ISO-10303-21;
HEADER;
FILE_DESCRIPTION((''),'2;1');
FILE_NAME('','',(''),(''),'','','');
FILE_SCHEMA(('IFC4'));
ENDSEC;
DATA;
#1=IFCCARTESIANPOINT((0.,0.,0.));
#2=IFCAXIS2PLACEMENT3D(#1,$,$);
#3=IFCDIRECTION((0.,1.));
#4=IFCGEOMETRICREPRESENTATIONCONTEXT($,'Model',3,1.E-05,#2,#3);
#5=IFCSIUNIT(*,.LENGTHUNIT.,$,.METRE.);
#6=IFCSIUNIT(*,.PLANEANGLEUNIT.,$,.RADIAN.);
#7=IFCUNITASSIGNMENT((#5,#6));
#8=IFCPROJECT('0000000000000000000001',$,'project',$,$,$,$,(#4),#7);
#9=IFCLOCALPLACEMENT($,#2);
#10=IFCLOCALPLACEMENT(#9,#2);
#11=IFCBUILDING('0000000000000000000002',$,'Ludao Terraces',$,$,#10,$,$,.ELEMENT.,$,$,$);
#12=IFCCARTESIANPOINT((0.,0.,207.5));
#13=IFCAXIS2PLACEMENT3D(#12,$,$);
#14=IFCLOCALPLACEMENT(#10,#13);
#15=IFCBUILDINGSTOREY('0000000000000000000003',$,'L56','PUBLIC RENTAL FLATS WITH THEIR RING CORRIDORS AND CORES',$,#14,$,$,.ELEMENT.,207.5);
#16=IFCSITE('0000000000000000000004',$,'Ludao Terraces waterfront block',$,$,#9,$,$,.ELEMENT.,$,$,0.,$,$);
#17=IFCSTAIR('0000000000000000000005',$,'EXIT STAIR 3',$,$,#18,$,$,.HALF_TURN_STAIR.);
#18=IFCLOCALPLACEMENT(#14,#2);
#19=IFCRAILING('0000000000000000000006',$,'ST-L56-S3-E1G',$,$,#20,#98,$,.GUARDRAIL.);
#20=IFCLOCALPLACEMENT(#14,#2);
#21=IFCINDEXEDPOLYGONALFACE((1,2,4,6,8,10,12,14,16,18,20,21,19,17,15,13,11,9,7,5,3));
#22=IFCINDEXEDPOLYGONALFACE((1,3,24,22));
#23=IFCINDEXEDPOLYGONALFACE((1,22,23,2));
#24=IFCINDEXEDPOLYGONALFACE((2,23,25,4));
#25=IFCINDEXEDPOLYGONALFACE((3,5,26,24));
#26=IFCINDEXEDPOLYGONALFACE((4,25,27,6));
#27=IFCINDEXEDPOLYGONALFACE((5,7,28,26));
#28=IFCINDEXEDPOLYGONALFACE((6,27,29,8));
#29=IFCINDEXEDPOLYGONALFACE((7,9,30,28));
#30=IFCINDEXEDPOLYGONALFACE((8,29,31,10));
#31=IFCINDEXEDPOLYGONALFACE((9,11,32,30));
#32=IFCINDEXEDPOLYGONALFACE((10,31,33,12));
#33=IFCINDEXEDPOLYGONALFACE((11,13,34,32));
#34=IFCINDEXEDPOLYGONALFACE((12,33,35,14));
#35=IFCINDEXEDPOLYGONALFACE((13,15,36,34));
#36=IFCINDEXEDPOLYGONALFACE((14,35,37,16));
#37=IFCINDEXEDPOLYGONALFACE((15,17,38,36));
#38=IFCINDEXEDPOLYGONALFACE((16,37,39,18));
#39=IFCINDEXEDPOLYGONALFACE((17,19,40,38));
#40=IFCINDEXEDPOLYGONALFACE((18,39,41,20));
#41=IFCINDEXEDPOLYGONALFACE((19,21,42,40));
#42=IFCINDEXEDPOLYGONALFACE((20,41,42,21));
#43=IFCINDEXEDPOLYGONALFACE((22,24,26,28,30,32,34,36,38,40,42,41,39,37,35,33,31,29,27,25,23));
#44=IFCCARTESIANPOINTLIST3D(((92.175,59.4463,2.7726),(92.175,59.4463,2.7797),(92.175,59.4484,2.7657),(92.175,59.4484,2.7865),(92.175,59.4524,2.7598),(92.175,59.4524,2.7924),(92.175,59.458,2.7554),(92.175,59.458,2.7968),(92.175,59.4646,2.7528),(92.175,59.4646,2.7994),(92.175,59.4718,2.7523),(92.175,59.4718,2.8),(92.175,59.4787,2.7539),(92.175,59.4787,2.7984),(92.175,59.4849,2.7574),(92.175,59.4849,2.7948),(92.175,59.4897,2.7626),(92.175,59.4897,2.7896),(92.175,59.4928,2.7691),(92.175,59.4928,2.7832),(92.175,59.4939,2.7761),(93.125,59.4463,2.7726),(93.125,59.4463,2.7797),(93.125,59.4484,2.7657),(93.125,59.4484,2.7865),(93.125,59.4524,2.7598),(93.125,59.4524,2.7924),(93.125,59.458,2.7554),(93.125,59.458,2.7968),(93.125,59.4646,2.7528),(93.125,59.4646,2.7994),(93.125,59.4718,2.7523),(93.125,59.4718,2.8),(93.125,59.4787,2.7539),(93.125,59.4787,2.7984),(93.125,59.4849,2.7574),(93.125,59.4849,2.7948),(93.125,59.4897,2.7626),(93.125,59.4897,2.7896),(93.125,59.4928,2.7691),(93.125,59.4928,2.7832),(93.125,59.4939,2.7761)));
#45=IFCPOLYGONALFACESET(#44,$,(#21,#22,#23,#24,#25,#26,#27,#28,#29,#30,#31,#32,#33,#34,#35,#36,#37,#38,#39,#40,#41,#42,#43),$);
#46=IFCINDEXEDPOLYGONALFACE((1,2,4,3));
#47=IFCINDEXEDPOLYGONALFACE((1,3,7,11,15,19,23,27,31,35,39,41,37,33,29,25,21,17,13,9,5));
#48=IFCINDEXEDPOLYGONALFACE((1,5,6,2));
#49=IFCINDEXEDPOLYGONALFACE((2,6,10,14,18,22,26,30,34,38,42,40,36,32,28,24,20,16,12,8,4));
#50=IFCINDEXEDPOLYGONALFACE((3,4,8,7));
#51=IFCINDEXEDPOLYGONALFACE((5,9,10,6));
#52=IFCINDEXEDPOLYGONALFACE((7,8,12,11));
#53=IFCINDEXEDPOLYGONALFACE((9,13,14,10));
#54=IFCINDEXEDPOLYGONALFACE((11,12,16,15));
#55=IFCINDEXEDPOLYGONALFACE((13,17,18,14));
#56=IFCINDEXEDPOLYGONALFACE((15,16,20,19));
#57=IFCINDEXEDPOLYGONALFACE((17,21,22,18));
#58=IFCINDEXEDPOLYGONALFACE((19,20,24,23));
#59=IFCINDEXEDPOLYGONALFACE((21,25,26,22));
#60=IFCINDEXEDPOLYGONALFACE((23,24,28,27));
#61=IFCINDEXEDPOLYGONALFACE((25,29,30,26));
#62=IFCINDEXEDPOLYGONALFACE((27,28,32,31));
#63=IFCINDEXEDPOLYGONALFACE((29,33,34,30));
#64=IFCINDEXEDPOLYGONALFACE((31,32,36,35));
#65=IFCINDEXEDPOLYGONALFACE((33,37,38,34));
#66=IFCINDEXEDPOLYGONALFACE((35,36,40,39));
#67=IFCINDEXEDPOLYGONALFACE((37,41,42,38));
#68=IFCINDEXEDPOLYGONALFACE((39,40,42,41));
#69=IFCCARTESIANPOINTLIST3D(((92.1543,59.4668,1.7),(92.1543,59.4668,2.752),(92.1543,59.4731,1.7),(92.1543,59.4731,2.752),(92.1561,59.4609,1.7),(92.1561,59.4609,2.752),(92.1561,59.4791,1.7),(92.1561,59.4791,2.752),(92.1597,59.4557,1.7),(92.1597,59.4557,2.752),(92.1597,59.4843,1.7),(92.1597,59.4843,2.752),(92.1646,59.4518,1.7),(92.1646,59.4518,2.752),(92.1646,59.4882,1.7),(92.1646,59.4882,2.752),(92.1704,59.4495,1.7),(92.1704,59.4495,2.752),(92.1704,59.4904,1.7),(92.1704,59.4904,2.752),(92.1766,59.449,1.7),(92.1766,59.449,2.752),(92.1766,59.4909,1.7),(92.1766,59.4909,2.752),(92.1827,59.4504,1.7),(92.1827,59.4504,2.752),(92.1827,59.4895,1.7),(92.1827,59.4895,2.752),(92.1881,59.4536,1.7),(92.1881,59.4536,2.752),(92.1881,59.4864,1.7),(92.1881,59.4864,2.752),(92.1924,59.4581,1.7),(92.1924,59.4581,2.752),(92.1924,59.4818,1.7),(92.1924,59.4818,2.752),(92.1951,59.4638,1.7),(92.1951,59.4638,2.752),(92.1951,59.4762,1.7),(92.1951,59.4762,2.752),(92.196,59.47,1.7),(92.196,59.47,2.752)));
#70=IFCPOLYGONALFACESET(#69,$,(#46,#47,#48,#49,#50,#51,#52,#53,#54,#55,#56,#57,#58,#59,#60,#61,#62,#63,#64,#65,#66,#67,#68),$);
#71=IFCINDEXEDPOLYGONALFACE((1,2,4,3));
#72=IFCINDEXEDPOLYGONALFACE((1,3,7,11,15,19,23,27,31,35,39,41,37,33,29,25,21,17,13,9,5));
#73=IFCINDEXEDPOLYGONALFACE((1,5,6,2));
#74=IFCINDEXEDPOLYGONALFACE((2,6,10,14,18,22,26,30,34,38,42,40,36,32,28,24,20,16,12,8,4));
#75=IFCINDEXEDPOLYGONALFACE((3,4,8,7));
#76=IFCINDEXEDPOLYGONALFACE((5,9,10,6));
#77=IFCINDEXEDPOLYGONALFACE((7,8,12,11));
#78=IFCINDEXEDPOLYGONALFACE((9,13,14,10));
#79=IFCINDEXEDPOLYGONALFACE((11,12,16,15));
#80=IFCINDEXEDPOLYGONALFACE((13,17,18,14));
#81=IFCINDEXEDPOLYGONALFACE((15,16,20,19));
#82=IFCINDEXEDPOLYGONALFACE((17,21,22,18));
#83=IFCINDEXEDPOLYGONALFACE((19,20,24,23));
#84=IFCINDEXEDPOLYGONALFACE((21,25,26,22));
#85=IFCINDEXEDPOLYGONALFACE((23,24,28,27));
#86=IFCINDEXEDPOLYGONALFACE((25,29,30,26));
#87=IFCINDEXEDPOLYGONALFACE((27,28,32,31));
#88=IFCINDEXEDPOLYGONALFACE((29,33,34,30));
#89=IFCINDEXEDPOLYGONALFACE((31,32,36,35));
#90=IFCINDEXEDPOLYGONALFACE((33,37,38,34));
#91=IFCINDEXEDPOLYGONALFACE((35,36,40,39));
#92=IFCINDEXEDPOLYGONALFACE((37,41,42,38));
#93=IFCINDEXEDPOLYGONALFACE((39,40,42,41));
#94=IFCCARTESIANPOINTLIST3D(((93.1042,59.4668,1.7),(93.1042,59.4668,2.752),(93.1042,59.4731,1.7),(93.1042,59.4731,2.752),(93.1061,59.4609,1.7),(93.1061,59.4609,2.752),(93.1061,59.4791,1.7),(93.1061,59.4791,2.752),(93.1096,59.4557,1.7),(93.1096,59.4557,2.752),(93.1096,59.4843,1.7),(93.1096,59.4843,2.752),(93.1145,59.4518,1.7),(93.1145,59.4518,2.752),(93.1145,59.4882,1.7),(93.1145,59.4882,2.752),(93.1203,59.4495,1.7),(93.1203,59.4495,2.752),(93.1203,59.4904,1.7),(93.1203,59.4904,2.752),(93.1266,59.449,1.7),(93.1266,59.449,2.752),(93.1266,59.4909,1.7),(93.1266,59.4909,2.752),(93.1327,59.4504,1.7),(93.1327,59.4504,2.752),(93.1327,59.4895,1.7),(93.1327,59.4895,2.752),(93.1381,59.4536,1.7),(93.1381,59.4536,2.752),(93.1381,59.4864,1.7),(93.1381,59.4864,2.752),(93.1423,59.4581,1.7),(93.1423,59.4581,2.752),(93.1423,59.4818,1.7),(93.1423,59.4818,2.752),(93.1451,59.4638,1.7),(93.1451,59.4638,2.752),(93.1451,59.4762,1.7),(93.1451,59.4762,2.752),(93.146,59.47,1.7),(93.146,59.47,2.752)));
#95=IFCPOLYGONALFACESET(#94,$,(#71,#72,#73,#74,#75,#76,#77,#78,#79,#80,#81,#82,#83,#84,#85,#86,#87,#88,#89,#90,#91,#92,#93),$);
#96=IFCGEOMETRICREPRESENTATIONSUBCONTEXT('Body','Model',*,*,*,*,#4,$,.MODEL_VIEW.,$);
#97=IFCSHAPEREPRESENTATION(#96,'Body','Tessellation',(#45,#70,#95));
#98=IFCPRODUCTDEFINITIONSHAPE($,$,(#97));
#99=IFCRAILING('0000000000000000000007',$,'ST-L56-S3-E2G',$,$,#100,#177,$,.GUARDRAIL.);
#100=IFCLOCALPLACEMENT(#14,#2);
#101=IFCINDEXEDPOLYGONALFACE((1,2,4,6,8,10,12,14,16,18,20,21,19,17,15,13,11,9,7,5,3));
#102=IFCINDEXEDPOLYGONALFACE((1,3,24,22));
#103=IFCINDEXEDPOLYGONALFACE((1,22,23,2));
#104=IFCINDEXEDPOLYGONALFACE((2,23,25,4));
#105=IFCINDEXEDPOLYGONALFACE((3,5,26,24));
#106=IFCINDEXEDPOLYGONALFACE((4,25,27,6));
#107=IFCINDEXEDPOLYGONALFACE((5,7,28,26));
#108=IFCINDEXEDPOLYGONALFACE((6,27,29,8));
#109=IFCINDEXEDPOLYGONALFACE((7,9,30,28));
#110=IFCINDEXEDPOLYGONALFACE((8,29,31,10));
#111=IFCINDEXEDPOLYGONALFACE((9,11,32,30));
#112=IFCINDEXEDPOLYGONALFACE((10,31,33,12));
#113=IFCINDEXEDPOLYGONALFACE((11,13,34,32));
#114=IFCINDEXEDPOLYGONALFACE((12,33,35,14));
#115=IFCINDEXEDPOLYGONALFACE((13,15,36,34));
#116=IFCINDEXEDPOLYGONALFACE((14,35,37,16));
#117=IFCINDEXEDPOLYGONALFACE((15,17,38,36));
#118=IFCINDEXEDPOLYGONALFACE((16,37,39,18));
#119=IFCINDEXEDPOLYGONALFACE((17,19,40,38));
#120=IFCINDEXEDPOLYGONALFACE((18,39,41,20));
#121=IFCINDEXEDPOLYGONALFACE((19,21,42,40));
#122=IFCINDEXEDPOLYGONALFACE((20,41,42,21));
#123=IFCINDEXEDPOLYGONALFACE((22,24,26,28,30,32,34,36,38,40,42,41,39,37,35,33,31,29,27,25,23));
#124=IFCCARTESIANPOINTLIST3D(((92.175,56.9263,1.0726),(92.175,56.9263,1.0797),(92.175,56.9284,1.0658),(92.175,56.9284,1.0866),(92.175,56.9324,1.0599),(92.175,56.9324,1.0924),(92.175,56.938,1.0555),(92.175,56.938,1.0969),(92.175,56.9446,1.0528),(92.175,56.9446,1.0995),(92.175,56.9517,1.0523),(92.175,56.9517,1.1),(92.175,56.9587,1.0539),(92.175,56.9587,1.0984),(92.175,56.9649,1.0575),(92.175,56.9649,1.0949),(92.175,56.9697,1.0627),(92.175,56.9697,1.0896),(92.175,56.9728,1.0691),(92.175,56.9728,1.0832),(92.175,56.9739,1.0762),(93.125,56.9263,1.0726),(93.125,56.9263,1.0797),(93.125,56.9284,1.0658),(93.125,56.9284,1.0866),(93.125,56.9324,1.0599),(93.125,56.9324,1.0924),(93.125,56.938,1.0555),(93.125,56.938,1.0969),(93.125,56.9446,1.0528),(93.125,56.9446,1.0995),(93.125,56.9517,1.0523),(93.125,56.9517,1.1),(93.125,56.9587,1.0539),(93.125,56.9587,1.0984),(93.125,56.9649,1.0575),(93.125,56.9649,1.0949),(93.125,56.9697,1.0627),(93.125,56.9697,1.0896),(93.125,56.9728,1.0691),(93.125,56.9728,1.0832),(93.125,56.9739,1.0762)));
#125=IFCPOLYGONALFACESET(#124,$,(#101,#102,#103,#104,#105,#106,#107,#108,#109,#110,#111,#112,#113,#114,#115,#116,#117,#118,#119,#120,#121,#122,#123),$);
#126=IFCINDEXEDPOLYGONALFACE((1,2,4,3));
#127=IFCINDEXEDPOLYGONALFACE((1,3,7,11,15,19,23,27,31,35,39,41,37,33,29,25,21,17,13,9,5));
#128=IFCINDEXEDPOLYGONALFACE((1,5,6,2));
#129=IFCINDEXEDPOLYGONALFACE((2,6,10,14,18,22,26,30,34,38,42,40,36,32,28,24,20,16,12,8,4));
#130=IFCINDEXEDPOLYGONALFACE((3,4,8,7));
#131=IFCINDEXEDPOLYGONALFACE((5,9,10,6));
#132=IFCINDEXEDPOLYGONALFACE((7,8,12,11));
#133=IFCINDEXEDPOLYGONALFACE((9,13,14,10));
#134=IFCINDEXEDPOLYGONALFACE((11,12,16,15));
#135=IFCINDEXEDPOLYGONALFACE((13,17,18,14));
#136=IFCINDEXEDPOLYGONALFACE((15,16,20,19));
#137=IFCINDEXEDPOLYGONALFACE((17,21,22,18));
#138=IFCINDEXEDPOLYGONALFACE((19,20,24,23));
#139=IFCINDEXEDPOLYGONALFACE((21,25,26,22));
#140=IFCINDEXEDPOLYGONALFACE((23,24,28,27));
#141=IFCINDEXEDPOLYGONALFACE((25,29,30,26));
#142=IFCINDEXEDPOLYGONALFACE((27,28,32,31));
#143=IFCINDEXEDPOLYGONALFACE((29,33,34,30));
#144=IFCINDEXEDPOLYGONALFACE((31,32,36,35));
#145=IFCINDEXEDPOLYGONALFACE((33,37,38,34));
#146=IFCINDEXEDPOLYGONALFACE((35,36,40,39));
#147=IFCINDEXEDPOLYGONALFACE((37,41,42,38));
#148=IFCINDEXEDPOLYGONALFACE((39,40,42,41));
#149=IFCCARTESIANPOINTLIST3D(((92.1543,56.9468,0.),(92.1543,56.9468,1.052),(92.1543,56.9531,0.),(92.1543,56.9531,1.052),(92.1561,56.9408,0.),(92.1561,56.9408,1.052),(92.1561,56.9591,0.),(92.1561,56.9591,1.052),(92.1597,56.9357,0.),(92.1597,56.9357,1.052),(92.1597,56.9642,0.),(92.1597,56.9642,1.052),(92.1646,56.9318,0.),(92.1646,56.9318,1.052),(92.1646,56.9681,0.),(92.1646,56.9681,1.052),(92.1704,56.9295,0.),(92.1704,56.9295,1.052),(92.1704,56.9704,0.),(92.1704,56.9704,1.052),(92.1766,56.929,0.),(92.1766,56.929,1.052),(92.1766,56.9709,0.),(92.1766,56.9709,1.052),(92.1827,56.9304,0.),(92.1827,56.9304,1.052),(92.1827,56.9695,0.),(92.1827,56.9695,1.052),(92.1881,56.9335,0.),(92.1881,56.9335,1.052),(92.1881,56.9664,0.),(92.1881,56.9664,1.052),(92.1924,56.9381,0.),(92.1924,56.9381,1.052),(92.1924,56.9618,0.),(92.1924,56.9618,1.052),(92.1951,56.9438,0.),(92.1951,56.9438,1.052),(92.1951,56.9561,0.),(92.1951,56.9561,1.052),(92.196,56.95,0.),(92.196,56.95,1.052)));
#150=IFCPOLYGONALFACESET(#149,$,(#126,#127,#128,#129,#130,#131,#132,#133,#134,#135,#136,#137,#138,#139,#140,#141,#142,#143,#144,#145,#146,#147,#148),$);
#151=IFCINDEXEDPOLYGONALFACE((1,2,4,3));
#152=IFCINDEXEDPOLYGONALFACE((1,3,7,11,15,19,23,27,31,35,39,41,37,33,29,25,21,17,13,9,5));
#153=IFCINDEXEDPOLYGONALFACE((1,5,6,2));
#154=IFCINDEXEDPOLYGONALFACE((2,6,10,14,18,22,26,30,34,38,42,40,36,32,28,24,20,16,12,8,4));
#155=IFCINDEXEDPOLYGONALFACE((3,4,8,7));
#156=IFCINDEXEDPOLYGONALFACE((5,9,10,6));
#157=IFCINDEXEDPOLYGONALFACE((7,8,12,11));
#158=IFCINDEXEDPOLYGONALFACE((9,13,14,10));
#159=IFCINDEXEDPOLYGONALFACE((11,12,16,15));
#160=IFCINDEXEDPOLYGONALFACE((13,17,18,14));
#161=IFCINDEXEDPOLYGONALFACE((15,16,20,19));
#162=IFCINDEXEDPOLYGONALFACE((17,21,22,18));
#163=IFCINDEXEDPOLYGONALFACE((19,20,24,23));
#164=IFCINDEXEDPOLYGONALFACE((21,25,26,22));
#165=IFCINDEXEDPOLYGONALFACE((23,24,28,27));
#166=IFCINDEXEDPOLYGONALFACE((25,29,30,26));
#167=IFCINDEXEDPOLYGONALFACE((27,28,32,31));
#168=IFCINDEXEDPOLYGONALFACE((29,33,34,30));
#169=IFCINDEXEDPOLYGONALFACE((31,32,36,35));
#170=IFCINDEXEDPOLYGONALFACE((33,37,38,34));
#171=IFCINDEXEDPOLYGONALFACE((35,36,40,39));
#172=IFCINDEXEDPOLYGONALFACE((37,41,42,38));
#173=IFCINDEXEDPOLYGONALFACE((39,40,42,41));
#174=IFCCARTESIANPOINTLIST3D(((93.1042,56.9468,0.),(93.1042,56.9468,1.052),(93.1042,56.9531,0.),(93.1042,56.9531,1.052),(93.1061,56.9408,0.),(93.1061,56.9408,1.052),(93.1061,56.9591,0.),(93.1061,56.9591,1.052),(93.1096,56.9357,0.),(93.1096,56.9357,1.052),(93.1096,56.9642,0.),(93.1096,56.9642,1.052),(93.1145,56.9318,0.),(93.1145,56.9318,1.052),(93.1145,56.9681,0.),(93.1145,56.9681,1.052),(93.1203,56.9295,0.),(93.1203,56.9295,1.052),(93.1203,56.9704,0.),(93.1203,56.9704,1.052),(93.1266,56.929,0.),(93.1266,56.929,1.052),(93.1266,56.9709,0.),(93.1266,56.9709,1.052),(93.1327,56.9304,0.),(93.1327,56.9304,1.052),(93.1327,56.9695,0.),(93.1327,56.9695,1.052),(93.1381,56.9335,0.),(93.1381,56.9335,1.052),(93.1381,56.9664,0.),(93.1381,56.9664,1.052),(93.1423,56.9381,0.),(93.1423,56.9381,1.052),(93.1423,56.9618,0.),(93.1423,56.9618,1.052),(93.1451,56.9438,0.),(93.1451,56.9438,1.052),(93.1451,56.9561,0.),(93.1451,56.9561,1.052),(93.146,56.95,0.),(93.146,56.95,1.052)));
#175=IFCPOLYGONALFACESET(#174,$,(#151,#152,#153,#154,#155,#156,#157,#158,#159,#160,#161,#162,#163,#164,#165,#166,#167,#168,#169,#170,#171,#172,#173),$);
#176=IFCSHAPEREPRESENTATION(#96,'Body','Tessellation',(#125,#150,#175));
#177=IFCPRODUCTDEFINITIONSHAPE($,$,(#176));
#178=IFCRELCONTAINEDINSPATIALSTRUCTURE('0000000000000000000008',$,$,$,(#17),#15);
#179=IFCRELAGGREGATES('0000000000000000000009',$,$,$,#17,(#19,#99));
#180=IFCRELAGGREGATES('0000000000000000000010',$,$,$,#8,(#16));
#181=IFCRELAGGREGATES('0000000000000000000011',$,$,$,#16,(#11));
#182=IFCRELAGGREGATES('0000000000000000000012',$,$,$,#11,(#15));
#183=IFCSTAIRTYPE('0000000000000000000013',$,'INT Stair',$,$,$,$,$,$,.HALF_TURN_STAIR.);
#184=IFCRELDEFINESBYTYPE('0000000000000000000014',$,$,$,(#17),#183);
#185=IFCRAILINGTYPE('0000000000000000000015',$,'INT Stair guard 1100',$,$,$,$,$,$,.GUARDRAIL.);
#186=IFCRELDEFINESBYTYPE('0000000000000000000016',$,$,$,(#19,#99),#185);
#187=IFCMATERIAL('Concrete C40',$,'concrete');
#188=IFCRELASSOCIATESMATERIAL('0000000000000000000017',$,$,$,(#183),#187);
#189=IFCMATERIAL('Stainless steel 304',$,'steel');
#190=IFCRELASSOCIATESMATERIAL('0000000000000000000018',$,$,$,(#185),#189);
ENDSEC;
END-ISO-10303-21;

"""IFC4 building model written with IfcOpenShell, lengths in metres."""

from ifc_helpers import new_model, si_unit, direction, frame, origin, origin_2d, place, context, subcontext, project, spatial, circle, extrude, material, type_object, element, aggregate, save


model = new_model("IFC4")

# Units and contexts
model_context = context("Model", 3, precision=1e-05, world=origin(), true_north=direction((0.0, 1.0)))
body_context = subcontext(model_context, "Body", "Model", "MODEL_VIEW")
ifc_project = project(units=[si_unit("LENGTHUNIT", "METRE"), si_unit("PLANEANGLEUNIT", "RADIAN")], contexts=[model_context])

# Site, building, storey
site_placement = place(None, origin())
site = spatial("IfcSite", under=ifc_project, at=site_placement, Name="Ludao Terraces waterfront block", CompositionType="ELEMENT", RefElevation=0.0)
building_placement = place(site_placement, origin())
building = spatial("IfcBuilding", under=site, at=building_placement, Name="Ludao Terraces", CompositionType="ELEMENT")
storey_placement = place(building_placement, frame((0.0, 0.0, 207.5)))
storey = spatial("IfcBuildingStorey", under=building, at=storey_placement, Name="L56", Description="PUBLIC RENTAL FLATS WITH THEIR RING CORRIDORS AND CORES", CompositionType="ELEMENT", Elevation=207.5)

# Shared definitions
ifc_material_1 = material(Name="Concrete C40", Category="concrete")

# Stair, railings
stair_type = type_object("IfcStairType", Name="INT Stair", PredefinedType="HALF_TURN_STAIR", material=ifc_material_1)
stair_placement = place(storey_placement, origin())
stair = element("IfcStair", 1, at=stair_placement, inside=storey, type_object=stair_type, Name="EXIT STAIR 3", PredefinedType="HALF_TURN_STAIR")
ifc_material_2 = material(Name="Stainless steel 304", Category="steel")
railing_type_1 = type_object("IfcRailingType", Name="INT Stair guard 1100", PredefinedType="GUARDRAIL", material=ifc_material_2)
railing_1_placement = place(storey_placement, frame((92.175, 59.47, 1.7)))
railing_1 = element("IfcRailing", 2, at=railing_1_placement, type_object=railing_type_1, Name="ST-L56-S3-E1G", PredefinedType="GUARDRAIL", context=body_context, shape_type="SweptSolid", body=[
    extrude(circle(Radius=0.0239, at=origin_2d()), frame((0.0, 0.0, 1.0762), z_axis=(1.0, 0.0, 0.0), x_axis=(0.0, 1.0, 0.0)), (0.0, 0.0, 1.0), 0.95),
    extrude(circle(Radius=0.021, at=origin_2d()), origin(), (0.0, 0.0, 1.0), 1.052),
    extrude(circle(Radius=0.021, at=origin_2d()), frame((0.95, 0.0, 0.0)), (0.0, 0.0, 1.0), 1.052),
])
railing_2_placement = place(storey_placement, frame((92.175, 56.95, 0.0)))
railing_2 = element("IfcRailing", 3, at=railing_2_placement, type_object=railing_type_1, Name="ST-L56-S3-E2G", PredefinedType="GUARDRAIL", context=body_context, shape_type="SweptSolid", body=[
    extrude(circle(Radius=0.0239, at=origin_2d()), frame((0.0, 0.0, 1.0762), z_axis=(1.0, 0.0, 0.0), x_axis=(0.0, 1.0, 0.0)), (0.0, 0.0, 1.0), 0.95),
    extrude(circle(Radius=0.021, at=origin_2d()), origin(), (0.0, 0.0, 1.0), 1.052),
    extrude(circle(Radius=0.021, at=origin_2d()), frame((0.95, 0.0, 0.0)), (0.0, 0.0, 1.0), 1.052),
])
aggregate(stair, [railing_1, railing_2])

save(model, "model.ifc")
